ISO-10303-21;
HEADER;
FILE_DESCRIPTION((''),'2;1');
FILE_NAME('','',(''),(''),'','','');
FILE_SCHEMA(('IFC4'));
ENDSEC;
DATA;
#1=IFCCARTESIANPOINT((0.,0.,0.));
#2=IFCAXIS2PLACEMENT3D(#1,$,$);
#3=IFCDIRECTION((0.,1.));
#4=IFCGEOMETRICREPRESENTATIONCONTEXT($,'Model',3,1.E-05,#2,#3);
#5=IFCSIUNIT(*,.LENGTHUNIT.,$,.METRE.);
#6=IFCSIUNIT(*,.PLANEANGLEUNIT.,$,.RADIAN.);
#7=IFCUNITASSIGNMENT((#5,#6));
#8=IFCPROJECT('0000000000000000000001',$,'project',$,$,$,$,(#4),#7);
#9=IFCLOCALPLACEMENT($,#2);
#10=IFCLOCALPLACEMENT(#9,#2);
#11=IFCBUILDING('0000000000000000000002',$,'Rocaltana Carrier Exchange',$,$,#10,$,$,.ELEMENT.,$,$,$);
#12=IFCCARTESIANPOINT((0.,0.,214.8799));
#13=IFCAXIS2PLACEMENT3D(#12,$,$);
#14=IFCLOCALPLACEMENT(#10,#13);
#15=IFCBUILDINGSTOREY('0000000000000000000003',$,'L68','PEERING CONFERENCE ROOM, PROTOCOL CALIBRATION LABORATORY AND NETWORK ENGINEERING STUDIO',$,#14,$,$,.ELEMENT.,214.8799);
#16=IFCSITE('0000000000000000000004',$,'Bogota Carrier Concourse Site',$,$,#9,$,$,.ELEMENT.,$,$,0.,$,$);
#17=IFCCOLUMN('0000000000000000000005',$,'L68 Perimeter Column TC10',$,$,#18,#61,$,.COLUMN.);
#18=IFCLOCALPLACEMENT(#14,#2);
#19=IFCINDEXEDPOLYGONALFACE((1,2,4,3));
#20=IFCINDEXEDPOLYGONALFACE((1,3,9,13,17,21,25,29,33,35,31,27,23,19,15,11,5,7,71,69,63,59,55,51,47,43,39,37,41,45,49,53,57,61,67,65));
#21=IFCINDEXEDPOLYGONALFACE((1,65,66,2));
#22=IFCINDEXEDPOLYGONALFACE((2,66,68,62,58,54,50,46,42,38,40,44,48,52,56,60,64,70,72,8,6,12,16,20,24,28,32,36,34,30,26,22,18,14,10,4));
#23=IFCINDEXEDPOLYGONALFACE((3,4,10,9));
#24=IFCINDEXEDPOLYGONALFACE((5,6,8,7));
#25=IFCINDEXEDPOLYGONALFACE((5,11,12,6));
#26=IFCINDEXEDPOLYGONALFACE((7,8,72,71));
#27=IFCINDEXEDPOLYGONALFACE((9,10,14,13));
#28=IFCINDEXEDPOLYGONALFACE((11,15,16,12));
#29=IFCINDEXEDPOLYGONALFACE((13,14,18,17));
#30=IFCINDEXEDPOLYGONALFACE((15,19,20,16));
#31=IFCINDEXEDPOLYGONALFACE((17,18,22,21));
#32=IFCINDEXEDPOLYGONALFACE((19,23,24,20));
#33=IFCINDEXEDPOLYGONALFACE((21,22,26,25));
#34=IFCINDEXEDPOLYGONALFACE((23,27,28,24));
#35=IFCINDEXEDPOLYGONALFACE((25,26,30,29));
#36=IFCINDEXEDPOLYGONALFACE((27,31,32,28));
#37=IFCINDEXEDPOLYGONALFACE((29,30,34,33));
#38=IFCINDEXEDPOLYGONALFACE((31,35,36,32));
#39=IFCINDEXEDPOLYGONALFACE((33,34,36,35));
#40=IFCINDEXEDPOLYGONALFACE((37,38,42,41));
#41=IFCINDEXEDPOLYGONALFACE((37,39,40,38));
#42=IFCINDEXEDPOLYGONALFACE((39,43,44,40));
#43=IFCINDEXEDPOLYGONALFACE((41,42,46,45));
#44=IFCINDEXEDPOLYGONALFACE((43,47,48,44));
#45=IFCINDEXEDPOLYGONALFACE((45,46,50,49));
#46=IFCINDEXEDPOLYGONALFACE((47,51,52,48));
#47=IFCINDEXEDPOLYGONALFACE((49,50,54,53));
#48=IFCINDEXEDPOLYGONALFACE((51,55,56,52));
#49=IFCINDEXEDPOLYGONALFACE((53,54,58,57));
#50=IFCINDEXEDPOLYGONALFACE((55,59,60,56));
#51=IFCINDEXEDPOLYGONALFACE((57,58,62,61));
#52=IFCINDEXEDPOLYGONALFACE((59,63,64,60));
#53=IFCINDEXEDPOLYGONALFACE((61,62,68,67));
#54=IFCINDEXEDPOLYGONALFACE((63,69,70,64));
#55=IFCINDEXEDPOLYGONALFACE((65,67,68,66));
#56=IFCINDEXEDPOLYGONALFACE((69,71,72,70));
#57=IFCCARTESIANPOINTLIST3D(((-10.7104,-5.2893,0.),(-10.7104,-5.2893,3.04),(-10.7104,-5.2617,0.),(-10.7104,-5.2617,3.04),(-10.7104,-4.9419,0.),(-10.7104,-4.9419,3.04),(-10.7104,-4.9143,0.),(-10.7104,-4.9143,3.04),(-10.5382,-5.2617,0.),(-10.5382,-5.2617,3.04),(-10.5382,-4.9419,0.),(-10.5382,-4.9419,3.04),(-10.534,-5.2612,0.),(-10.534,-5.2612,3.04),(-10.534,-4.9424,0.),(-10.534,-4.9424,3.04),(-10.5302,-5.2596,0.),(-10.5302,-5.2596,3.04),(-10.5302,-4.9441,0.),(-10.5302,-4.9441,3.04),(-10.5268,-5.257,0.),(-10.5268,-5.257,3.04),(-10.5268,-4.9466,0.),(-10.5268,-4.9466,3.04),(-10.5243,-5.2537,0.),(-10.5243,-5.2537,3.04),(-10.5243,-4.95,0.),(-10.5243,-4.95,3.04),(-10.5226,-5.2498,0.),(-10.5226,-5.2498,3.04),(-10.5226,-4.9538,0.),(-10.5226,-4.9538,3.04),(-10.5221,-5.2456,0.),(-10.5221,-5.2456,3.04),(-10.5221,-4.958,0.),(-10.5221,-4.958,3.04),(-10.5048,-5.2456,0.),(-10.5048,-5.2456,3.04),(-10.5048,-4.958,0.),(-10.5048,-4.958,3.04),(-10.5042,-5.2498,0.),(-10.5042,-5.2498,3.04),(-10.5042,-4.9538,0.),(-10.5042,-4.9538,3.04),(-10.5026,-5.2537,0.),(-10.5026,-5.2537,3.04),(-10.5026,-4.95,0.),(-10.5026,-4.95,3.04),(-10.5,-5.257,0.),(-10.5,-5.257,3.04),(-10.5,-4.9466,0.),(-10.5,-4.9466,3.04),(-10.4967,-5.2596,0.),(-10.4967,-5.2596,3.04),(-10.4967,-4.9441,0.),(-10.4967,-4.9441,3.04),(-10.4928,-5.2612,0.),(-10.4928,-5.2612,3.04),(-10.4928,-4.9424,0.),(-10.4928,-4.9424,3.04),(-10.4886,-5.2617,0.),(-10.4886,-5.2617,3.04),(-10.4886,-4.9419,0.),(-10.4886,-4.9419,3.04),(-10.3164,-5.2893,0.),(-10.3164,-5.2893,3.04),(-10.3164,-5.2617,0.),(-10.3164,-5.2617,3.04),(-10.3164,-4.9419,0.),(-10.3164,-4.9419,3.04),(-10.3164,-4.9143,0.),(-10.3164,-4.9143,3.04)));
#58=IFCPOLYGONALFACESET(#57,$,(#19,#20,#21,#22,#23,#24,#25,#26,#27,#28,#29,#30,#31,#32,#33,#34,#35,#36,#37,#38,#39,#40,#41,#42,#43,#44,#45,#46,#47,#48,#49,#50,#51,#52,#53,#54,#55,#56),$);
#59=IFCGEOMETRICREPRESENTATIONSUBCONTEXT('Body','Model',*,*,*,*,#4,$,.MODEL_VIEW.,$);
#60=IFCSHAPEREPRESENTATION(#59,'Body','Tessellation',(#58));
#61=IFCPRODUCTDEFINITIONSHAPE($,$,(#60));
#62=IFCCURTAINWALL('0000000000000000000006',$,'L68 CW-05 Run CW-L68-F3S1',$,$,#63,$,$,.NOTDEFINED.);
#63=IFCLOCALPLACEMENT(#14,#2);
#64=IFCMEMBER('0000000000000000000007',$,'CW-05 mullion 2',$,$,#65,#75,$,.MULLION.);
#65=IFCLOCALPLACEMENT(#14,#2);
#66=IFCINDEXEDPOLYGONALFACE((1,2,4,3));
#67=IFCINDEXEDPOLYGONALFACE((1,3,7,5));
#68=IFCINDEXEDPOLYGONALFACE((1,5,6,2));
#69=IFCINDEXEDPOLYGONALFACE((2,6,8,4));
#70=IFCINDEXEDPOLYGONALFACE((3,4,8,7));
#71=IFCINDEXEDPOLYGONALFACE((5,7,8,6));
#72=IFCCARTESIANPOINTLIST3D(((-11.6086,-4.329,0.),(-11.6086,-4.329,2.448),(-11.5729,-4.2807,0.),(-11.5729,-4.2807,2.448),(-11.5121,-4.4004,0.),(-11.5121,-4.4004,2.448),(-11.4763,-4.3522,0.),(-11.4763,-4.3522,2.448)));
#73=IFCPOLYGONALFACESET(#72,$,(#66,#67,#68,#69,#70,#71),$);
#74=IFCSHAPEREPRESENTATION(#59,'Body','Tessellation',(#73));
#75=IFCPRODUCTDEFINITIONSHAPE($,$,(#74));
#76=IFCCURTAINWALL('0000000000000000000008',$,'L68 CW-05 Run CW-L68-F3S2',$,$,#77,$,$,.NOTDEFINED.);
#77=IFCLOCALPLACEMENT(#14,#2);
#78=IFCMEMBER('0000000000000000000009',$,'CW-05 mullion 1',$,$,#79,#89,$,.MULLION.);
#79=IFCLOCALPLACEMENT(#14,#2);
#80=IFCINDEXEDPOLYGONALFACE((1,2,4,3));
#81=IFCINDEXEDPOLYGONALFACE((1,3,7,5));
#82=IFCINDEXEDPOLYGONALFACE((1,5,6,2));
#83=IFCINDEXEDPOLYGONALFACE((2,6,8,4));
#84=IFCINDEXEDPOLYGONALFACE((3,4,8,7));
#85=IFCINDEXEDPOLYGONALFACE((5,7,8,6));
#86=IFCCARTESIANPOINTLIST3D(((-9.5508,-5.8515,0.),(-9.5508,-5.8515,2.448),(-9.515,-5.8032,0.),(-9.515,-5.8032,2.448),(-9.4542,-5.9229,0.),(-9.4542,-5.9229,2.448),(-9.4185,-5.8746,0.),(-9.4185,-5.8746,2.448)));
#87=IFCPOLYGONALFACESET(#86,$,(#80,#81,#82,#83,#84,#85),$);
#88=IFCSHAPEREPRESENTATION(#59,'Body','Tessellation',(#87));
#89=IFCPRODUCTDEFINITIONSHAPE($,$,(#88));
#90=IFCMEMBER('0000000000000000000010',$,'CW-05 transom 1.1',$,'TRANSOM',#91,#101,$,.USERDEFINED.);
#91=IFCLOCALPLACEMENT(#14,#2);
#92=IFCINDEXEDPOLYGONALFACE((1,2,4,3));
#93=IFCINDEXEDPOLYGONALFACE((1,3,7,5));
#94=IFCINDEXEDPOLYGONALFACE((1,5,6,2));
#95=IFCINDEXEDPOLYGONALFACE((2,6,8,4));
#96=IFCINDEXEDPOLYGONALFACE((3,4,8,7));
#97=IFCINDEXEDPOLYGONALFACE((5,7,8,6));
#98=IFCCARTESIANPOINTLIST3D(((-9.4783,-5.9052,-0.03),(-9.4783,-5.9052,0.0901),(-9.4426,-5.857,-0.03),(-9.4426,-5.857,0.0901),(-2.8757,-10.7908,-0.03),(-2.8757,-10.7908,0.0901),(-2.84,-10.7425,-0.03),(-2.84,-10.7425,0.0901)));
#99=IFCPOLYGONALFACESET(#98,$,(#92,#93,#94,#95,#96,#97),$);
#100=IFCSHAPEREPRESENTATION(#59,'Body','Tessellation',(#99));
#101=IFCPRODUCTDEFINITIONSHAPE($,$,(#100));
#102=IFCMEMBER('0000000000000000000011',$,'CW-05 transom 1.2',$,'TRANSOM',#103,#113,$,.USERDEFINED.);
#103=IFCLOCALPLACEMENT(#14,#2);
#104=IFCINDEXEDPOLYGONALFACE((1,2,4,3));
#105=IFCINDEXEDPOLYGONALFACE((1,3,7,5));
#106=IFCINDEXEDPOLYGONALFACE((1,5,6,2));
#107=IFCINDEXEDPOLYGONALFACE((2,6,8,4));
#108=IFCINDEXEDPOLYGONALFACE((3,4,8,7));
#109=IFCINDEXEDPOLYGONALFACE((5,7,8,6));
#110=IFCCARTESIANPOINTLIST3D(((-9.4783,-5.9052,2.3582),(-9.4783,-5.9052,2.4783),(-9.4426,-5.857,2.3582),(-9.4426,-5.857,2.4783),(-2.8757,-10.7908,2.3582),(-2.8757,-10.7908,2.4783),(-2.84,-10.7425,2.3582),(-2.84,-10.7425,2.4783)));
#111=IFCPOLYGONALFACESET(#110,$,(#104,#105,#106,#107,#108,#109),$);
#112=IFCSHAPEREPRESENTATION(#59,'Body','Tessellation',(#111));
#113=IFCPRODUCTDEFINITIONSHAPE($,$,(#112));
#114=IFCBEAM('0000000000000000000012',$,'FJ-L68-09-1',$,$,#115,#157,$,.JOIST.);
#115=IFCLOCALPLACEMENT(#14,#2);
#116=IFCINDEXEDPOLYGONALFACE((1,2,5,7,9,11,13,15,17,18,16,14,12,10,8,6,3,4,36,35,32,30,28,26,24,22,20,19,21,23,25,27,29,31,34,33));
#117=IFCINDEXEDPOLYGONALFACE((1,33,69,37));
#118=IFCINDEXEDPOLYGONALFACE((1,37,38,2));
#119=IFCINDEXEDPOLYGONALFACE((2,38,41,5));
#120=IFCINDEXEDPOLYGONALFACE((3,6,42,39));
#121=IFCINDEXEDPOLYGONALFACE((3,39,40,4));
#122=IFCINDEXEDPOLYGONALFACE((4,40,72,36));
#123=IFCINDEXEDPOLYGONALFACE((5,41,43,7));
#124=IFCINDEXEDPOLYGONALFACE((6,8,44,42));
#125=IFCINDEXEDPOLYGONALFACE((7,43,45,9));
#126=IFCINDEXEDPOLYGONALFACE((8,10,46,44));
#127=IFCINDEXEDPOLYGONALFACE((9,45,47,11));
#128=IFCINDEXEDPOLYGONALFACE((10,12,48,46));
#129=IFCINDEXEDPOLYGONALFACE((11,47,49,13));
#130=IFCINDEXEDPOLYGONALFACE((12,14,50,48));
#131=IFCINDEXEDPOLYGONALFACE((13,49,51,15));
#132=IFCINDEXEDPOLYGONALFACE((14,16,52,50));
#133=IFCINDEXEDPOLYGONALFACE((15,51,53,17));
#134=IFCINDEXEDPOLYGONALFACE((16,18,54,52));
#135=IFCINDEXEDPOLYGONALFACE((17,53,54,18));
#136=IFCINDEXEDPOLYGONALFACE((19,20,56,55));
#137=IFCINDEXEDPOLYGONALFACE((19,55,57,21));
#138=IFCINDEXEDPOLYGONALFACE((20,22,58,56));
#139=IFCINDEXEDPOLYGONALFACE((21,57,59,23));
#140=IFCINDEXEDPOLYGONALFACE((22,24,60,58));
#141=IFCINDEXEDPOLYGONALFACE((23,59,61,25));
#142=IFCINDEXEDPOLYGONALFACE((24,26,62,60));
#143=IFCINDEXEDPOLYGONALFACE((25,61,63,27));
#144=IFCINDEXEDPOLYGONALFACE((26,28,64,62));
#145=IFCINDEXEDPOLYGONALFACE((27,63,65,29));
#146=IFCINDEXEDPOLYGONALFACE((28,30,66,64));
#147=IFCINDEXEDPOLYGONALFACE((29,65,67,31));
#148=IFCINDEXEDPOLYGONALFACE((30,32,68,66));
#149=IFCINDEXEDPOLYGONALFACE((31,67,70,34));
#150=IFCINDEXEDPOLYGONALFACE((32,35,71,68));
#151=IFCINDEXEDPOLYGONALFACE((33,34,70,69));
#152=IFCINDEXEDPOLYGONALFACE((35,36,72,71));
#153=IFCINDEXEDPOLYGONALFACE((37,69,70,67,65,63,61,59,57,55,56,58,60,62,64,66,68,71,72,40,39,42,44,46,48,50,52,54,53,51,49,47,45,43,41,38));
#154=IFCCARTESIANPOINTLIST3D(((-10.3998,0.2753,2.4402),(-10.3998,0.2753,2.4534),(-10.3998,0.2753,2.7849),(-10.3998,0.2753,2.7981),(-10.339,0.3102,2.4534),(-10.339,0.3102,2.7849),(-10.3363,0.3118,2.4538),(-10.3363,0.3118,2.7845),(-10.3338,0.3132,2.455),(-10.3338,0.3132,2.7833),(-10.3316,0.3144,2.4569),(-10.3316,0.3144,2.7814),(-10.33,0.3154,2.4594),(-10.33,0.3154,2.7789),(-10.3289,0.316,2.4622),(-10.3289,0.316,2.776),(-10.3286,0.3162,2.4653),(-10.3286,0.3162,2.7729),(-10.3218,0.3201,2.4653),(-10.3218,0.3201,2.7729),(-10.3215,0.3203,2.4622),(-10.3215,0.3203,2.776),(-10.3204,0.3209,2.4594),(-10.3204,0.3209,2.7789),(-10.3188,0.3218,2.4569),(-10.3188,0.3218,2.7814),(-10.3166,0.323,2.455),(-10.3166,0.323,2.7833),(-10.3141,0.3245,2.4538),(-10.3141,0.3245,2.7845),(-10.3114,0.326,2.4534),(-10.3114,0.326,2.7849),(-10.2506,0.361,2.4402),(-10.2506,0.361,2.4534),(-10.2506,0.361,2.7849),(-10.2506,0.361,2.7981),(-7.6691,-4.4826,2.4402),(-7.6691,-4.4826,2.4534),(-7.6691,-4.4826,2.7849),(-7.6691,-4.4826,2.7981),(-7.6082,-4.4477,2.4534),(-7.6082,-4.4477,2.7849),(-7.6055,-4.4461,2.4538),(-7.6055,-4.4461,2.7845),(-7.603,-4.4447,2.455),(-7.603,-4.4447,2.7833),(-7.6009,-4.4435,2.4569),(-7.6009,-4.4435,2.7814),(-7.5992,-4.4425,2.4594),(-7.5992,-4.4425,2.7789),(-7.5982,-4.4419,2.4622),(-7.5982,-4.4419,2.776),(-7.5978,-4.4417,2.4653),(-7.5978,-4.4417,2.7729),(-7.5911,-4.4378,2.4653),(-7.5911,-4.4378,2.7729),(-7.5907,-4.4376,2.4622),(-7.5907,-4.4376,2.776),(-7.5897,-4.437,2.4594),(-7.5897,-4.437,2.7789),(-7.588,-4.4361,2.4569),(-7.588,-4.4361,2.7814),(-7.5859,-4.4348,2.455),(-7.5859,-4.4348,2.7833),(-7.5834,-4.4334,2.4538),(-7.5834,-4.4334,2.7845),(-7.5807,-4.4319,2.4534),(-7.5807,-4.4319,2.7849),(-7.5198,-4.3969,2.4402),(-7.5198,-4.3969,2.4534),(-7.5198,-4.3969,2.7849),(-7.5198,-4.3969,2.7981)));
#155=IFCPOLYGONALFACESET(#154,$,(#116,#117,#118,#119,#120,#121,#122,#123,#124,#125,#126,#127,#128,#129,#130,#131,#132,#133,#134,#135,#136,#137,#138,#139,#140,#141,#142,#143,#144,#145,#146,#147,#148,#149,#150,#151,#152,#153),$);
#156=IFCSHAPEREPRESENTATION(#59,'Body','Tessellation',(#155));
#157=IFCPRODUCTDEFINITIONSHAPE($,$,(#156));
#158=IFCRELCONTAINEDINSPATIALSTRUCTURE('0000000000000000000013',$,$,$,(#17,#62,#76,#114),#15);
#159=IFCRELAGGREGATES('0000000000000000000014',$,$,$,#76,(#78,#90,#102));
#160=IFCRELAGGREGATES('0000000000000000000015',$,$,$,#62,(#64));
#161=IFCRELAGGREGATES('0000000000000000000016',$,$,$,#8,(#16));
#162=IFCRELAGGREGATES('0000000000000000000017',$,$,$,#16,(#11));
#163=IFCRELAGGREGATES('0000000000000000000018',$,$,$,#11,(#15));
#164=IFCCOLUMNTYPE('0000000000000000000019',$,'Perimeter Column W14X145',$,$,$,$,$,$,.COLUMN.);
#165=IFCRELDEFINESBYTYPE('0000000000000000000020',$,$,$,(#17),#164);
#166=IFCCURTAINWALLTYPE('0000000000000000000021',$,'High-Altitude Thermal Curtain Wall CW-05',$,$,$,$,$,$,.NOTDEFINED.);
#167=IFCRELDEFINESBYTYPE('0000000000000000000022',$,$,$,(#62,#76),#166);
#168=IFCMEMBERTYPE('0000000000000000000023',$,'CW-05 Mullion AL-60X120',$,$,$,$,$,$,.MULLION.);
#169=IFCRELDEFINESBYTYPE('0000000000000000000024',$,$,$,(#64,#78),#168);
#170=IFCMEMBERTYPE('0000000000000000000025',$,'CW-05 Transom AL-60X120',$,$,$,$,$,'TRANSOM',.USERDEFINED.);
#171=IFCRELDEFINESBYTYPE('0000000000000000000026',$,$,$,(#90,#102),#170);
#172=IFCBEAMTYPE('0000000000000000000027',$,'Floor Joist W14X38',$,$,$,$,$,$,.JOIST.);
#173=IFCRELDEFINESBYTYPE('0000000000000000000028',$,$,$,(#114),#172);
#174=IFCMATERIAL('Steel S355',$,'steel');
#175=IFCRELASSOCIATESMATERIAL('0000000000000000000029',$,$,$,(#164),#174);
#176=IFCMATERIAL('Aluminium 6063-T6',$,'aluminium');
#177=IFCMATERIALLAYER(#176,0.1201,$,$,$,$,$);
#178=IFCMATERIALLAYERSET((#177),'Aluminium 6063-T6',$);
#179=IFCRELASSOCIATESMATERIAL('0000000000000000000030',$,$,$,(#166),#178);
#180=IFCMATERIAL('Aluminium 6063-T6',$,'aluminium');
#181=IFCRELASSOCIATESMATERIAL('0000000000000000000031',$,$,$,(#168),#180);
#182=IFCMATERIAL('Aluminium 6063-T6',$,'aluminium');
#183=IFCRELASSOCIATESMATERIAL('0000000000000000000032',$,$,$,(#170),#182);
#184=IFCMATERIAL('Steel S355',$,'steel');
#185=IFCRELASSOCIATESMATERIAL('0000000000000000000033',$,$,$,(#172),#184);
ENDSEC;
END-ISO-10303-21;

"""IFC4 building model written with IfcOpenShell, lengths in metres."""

from ifc_helpers import new_model, si_unit, direction, frame, origin, origin_2d, place, context, subcontext, project, spatial, rectangle, i_section, extrude, material, layer, layer_set, material_profile, profile_set, type_object, element, aggregate, save


model = new_model("IFC4")

# Units and contexts
model_context = context("Model", 3, precision=1e-05, world=origin(), true_north=direction((0.0, 1.0)))
body_context = subcontext(model_context, "Body", "Model", "MODEL_VIEW")
ifc_project = project(units=[si_unit("LENGTHUNIT", "METRE"), si_unit("PLANEANGLEUNIT", "RADIAN")], contexts=[model_context])

# Site, building, storey
site_placement = place(None, origin())
site = spatial("IfcSite", under=ifc_project, at=site_placement, Name="Bogota Carrier Concourse Site", CompositionType="ELEMENT", RefElevation=0.0)
building_placement = place(site_placement, origin())
building = spatial("IfcBuilding", under=site, at=building_placement, Name="Rocaltana Carrier Exchange", CompositionType="ELEMENT")
storey_placement = place(building_placement, frame((0.0, 0.0, 214.8799)))
storey = spatial("IfcBuildingStorey", under=building, at=storey_placement, Name="L68", Description="PEERING CONFERENCE ROOM, PROTOCOL CALIBRATION LABORATORY AND NETWORK ENGINEERING STUDIO", CompositionType="ELEMENT", Elevation=214.8799)

# Column
ifc_material_1 = material(Name="Steel S355", Category="steel")
ifc_material_profile_1 = material_profile(ifc_material_1, i_section(OverallWidth=0.394, OverallDepth=0.375, WebThickness=0.0173, FlangeThickness=0.0276, FilletRadius=0.0161, at=origin_2d()), Name="W14X145")
ifc_profile_set_1 = profile_set([ifc_material_profile_1], Name="Steel S355")
column_type = type_object("IfcColumnType", Name="Perimeter Column W14X145", PredefinedType="COLUMN", material=ifc_profile_set_1)
column_placement = place(storey_placement, frame((-10.5134, -5.1018, 0.0), z_axis=(0.0, 0.0, 1.0), x_axis=(1.0, 0.0, 0.0)))
element("IfcColumn", 1, at=column_placement, inside=storey, type_object=column_type, Name="L68 Perimeter Column TC10", PredefinedType="COLUMN", context=body_context, shape_type="SweptSolid", body=[
    extrude(i_section(OverallWidth=0.394, OverallDepth=0.375, WebThickness=0.0173, FlangeThickness=0.0276, FilletRadius=0.0161, at=origin_2d()), origin(), (0.0, 0.0, 1.0), 3.04),
])

# Curtain wall, member
ifc_material_2 = material(Name="Aluminium 6063-T6", Category="aluminium")
ifc_layer_1 = layer(ifc_material_2, 0.1201)
ifc_layer_set_1 = layer_set([ifc_layer_1], Name="Aluminium 6063-T6")
curtain_wall_type = type_object("IfcCurtainWallType", Name="High-Altitude Thermal Curtain Wall CW-05", PredefinedType="NOTDEFINED", material=ifc_layer_set_1)
curtain_wall_1_placement = place(storey_placement, origin())
curtain_wall_1 = element("IfcCurtainWall", 2, at=curtain_wall_1_placement, inside=storey, type_object=curtain_wall_type, Name="L68 CW-05 Run CW-L68-F3S1", PredefinedType="NOTDEFINED")
ifc_material_3 = material(Name="Aluminium 6063-T6", Category="aluminium")
ifc_material_profile_2 = material_profile(ifc_material_3, rectangle(XDim=0.0601, YDim=0.1201, at=origin_2d()), Name="AL-60X120")
ifc_profile_set_2 = profile_set([ifc_material_profile_2], Name="Aluminium 6063-T6")
member_type_1 = type_object("IfcMemberType", Name="CW-05 Mullion AL-60X120", PredefinedType="MULLION", material=ifc_profile_set_2)
member_1_placement = place(storey_placement, frame((-11.5425, -4.3406, 0.0), z_axis=(0.0, 0.0, 1.0), x_axis=(0.594827, 0.803854, 0.0)))
member_1 = element("IfcMember", 3, at=member_1_placement, type_object=member_type_1, Name="CW-05 mullion 2", PredefinedType="MULLION", context=body_context, shape_type="SweptSolid", body=[
    extrude(rectangle(XDim=0.0601, YDim=0.1201, at=origin_2d()), origin(), (0.0, 0.0, 1.0), 2.448),
])

# Curtain wall, members
curtain_wall_2_placement = place(storey_placement, origin())
curtain_wall_2 = element("IfcCurtainWall", 4, at=curtain_wall_2_placement, inside=storey, type_object=curtain_wall_type, Name="L68 CW-05 Run CW-L68-F3S2", PredefinedType="NOTDEFINED")
member_2_placement = place(storey_placement, frame((-9.4846, -5.863, 0.0), z_axis=(0.0, 0.0, 1.0), x_axis=(0.594821, 0.803858, 0.0)))
member_2 = element("IfcMember", 5, at=member_2_placement, type_object=member_type_1, Name="CW-05 mullion 1", PredefinedType="MULLION", context=body_context, shape_type="SweptSolid", body=[
    extrude(rectangle(XDim=0.0601, YDim=0.1201, at=origin_2d()), origin(), (0.0, 0.0, 1.0), 2.448),
])
ifc_material_4 = material(Name="Aluminium 6063-T6", Category="aluminium")
ifc_material_profile_3 = material_profile(ifc_material_4, rectangle(XDim=0.0601, YDim=0.1201, at=origin_2d()), Name="AL-60X120")
ifc_profile_set_3 = profile_set([ifc_material_profile_3], Name="Aluminium 6063-T6")
member_type_2 = type_object("IfcMemberType", Name="CW-05 Transom AL-60X120", ElementType="TRANSOM", PredefinedType="USERDEFINED", material=ifc_profile_set_3)
member_3_placement = place(storey_placement, frame((-9.4604, -5.8811, 0.03), z_axis=(0.803864, -0.594813, 0.0), x_axis=(0.594813, 0.803864, 0.0)))
member_3 = element("IfcMember", 6, at=member_3_placement, type_object=member_type_2, Name="CW-05 transom 1.1", ObjectType="TRANSOM", PredefinedType="USERDEFINED", context=body_context, shape_type="SweptSolid", body=[
    extrude(rectangle(XDim=0.0601, YDim=0.1201, at=origin_2d()), origin(), (0.0, 0.0, 1.0), 8.2136),
])
member_4_placement = place(storey_placement, frame((-9.4604, -5.8811, 2.4182), z_axis=(0.803864, -0.594813, 0.0), x_axis=(0.594813, 0.803864, 0.0)))
member_4 = element("IfcMember", 7, at=member_4_placement, type_object=member_type_2, Name="CW-05 transom 1.2", ObjectType="TRANSOM", PredefinedType="USERDEFINED", context=body_context, shape_type="SweptSolid", body=[
    extrude(rectangle(XDim=0.0601, YDim=0.1201, at=origin_2d()), origin(), (0.0, 0.0, 1.0), 8.2136),
])
aggregate(curtain_wall_2, [member_2, member_3, member_4])

# Beam
ifc_material_5 = material(Name="Steel S355", Category="steel")
ifc_material_profile_4 = material_profile(ifc_material_5, i_section(OverallWidth=0.1721, OverallDepth=0.3579, WebThickness=0.0078, FlangeThickness=0.0132, FilletRadius=0.012, at=origin_2d()), Name="W14X38")
ifc_profile_set_4 = profile_set([ifc_material_profile_4], Name="Steel S355")
beam_type_1 = type_object("IfcBeamType", Name="Floor Joist W14X38", PredefinedType="JOIST", material=ifc_profile_set_4)
beam_1_placement = place(storey_placement, frame((-10.3252, 0.3181, 2.6191), z_axis=(0.497782, -0.867302, 0.0), x_axis=(0.867302, 0.497782, 0.0)))
element("IfcBeam", 8, at=beam_1_placement, inside=storey, type_object=beam_type_1, Name="FJ-L68-09-1", PredefinedType="JOIST", context=body_context, shape_type="SweptSolid", body=[
    extrude(i_section(OverallWidth=0.1721, OverallDepth=0.3579, WebThickness=0.0078, FlangeThickness=0.0132, FilletRadius=0.012, at=origin_2d()), origin(), (0.0, 0.0, 1.0), 5.4858),
])

aggregate(curtain_wall_1, [member_1])

save(model, "model.ifc")
